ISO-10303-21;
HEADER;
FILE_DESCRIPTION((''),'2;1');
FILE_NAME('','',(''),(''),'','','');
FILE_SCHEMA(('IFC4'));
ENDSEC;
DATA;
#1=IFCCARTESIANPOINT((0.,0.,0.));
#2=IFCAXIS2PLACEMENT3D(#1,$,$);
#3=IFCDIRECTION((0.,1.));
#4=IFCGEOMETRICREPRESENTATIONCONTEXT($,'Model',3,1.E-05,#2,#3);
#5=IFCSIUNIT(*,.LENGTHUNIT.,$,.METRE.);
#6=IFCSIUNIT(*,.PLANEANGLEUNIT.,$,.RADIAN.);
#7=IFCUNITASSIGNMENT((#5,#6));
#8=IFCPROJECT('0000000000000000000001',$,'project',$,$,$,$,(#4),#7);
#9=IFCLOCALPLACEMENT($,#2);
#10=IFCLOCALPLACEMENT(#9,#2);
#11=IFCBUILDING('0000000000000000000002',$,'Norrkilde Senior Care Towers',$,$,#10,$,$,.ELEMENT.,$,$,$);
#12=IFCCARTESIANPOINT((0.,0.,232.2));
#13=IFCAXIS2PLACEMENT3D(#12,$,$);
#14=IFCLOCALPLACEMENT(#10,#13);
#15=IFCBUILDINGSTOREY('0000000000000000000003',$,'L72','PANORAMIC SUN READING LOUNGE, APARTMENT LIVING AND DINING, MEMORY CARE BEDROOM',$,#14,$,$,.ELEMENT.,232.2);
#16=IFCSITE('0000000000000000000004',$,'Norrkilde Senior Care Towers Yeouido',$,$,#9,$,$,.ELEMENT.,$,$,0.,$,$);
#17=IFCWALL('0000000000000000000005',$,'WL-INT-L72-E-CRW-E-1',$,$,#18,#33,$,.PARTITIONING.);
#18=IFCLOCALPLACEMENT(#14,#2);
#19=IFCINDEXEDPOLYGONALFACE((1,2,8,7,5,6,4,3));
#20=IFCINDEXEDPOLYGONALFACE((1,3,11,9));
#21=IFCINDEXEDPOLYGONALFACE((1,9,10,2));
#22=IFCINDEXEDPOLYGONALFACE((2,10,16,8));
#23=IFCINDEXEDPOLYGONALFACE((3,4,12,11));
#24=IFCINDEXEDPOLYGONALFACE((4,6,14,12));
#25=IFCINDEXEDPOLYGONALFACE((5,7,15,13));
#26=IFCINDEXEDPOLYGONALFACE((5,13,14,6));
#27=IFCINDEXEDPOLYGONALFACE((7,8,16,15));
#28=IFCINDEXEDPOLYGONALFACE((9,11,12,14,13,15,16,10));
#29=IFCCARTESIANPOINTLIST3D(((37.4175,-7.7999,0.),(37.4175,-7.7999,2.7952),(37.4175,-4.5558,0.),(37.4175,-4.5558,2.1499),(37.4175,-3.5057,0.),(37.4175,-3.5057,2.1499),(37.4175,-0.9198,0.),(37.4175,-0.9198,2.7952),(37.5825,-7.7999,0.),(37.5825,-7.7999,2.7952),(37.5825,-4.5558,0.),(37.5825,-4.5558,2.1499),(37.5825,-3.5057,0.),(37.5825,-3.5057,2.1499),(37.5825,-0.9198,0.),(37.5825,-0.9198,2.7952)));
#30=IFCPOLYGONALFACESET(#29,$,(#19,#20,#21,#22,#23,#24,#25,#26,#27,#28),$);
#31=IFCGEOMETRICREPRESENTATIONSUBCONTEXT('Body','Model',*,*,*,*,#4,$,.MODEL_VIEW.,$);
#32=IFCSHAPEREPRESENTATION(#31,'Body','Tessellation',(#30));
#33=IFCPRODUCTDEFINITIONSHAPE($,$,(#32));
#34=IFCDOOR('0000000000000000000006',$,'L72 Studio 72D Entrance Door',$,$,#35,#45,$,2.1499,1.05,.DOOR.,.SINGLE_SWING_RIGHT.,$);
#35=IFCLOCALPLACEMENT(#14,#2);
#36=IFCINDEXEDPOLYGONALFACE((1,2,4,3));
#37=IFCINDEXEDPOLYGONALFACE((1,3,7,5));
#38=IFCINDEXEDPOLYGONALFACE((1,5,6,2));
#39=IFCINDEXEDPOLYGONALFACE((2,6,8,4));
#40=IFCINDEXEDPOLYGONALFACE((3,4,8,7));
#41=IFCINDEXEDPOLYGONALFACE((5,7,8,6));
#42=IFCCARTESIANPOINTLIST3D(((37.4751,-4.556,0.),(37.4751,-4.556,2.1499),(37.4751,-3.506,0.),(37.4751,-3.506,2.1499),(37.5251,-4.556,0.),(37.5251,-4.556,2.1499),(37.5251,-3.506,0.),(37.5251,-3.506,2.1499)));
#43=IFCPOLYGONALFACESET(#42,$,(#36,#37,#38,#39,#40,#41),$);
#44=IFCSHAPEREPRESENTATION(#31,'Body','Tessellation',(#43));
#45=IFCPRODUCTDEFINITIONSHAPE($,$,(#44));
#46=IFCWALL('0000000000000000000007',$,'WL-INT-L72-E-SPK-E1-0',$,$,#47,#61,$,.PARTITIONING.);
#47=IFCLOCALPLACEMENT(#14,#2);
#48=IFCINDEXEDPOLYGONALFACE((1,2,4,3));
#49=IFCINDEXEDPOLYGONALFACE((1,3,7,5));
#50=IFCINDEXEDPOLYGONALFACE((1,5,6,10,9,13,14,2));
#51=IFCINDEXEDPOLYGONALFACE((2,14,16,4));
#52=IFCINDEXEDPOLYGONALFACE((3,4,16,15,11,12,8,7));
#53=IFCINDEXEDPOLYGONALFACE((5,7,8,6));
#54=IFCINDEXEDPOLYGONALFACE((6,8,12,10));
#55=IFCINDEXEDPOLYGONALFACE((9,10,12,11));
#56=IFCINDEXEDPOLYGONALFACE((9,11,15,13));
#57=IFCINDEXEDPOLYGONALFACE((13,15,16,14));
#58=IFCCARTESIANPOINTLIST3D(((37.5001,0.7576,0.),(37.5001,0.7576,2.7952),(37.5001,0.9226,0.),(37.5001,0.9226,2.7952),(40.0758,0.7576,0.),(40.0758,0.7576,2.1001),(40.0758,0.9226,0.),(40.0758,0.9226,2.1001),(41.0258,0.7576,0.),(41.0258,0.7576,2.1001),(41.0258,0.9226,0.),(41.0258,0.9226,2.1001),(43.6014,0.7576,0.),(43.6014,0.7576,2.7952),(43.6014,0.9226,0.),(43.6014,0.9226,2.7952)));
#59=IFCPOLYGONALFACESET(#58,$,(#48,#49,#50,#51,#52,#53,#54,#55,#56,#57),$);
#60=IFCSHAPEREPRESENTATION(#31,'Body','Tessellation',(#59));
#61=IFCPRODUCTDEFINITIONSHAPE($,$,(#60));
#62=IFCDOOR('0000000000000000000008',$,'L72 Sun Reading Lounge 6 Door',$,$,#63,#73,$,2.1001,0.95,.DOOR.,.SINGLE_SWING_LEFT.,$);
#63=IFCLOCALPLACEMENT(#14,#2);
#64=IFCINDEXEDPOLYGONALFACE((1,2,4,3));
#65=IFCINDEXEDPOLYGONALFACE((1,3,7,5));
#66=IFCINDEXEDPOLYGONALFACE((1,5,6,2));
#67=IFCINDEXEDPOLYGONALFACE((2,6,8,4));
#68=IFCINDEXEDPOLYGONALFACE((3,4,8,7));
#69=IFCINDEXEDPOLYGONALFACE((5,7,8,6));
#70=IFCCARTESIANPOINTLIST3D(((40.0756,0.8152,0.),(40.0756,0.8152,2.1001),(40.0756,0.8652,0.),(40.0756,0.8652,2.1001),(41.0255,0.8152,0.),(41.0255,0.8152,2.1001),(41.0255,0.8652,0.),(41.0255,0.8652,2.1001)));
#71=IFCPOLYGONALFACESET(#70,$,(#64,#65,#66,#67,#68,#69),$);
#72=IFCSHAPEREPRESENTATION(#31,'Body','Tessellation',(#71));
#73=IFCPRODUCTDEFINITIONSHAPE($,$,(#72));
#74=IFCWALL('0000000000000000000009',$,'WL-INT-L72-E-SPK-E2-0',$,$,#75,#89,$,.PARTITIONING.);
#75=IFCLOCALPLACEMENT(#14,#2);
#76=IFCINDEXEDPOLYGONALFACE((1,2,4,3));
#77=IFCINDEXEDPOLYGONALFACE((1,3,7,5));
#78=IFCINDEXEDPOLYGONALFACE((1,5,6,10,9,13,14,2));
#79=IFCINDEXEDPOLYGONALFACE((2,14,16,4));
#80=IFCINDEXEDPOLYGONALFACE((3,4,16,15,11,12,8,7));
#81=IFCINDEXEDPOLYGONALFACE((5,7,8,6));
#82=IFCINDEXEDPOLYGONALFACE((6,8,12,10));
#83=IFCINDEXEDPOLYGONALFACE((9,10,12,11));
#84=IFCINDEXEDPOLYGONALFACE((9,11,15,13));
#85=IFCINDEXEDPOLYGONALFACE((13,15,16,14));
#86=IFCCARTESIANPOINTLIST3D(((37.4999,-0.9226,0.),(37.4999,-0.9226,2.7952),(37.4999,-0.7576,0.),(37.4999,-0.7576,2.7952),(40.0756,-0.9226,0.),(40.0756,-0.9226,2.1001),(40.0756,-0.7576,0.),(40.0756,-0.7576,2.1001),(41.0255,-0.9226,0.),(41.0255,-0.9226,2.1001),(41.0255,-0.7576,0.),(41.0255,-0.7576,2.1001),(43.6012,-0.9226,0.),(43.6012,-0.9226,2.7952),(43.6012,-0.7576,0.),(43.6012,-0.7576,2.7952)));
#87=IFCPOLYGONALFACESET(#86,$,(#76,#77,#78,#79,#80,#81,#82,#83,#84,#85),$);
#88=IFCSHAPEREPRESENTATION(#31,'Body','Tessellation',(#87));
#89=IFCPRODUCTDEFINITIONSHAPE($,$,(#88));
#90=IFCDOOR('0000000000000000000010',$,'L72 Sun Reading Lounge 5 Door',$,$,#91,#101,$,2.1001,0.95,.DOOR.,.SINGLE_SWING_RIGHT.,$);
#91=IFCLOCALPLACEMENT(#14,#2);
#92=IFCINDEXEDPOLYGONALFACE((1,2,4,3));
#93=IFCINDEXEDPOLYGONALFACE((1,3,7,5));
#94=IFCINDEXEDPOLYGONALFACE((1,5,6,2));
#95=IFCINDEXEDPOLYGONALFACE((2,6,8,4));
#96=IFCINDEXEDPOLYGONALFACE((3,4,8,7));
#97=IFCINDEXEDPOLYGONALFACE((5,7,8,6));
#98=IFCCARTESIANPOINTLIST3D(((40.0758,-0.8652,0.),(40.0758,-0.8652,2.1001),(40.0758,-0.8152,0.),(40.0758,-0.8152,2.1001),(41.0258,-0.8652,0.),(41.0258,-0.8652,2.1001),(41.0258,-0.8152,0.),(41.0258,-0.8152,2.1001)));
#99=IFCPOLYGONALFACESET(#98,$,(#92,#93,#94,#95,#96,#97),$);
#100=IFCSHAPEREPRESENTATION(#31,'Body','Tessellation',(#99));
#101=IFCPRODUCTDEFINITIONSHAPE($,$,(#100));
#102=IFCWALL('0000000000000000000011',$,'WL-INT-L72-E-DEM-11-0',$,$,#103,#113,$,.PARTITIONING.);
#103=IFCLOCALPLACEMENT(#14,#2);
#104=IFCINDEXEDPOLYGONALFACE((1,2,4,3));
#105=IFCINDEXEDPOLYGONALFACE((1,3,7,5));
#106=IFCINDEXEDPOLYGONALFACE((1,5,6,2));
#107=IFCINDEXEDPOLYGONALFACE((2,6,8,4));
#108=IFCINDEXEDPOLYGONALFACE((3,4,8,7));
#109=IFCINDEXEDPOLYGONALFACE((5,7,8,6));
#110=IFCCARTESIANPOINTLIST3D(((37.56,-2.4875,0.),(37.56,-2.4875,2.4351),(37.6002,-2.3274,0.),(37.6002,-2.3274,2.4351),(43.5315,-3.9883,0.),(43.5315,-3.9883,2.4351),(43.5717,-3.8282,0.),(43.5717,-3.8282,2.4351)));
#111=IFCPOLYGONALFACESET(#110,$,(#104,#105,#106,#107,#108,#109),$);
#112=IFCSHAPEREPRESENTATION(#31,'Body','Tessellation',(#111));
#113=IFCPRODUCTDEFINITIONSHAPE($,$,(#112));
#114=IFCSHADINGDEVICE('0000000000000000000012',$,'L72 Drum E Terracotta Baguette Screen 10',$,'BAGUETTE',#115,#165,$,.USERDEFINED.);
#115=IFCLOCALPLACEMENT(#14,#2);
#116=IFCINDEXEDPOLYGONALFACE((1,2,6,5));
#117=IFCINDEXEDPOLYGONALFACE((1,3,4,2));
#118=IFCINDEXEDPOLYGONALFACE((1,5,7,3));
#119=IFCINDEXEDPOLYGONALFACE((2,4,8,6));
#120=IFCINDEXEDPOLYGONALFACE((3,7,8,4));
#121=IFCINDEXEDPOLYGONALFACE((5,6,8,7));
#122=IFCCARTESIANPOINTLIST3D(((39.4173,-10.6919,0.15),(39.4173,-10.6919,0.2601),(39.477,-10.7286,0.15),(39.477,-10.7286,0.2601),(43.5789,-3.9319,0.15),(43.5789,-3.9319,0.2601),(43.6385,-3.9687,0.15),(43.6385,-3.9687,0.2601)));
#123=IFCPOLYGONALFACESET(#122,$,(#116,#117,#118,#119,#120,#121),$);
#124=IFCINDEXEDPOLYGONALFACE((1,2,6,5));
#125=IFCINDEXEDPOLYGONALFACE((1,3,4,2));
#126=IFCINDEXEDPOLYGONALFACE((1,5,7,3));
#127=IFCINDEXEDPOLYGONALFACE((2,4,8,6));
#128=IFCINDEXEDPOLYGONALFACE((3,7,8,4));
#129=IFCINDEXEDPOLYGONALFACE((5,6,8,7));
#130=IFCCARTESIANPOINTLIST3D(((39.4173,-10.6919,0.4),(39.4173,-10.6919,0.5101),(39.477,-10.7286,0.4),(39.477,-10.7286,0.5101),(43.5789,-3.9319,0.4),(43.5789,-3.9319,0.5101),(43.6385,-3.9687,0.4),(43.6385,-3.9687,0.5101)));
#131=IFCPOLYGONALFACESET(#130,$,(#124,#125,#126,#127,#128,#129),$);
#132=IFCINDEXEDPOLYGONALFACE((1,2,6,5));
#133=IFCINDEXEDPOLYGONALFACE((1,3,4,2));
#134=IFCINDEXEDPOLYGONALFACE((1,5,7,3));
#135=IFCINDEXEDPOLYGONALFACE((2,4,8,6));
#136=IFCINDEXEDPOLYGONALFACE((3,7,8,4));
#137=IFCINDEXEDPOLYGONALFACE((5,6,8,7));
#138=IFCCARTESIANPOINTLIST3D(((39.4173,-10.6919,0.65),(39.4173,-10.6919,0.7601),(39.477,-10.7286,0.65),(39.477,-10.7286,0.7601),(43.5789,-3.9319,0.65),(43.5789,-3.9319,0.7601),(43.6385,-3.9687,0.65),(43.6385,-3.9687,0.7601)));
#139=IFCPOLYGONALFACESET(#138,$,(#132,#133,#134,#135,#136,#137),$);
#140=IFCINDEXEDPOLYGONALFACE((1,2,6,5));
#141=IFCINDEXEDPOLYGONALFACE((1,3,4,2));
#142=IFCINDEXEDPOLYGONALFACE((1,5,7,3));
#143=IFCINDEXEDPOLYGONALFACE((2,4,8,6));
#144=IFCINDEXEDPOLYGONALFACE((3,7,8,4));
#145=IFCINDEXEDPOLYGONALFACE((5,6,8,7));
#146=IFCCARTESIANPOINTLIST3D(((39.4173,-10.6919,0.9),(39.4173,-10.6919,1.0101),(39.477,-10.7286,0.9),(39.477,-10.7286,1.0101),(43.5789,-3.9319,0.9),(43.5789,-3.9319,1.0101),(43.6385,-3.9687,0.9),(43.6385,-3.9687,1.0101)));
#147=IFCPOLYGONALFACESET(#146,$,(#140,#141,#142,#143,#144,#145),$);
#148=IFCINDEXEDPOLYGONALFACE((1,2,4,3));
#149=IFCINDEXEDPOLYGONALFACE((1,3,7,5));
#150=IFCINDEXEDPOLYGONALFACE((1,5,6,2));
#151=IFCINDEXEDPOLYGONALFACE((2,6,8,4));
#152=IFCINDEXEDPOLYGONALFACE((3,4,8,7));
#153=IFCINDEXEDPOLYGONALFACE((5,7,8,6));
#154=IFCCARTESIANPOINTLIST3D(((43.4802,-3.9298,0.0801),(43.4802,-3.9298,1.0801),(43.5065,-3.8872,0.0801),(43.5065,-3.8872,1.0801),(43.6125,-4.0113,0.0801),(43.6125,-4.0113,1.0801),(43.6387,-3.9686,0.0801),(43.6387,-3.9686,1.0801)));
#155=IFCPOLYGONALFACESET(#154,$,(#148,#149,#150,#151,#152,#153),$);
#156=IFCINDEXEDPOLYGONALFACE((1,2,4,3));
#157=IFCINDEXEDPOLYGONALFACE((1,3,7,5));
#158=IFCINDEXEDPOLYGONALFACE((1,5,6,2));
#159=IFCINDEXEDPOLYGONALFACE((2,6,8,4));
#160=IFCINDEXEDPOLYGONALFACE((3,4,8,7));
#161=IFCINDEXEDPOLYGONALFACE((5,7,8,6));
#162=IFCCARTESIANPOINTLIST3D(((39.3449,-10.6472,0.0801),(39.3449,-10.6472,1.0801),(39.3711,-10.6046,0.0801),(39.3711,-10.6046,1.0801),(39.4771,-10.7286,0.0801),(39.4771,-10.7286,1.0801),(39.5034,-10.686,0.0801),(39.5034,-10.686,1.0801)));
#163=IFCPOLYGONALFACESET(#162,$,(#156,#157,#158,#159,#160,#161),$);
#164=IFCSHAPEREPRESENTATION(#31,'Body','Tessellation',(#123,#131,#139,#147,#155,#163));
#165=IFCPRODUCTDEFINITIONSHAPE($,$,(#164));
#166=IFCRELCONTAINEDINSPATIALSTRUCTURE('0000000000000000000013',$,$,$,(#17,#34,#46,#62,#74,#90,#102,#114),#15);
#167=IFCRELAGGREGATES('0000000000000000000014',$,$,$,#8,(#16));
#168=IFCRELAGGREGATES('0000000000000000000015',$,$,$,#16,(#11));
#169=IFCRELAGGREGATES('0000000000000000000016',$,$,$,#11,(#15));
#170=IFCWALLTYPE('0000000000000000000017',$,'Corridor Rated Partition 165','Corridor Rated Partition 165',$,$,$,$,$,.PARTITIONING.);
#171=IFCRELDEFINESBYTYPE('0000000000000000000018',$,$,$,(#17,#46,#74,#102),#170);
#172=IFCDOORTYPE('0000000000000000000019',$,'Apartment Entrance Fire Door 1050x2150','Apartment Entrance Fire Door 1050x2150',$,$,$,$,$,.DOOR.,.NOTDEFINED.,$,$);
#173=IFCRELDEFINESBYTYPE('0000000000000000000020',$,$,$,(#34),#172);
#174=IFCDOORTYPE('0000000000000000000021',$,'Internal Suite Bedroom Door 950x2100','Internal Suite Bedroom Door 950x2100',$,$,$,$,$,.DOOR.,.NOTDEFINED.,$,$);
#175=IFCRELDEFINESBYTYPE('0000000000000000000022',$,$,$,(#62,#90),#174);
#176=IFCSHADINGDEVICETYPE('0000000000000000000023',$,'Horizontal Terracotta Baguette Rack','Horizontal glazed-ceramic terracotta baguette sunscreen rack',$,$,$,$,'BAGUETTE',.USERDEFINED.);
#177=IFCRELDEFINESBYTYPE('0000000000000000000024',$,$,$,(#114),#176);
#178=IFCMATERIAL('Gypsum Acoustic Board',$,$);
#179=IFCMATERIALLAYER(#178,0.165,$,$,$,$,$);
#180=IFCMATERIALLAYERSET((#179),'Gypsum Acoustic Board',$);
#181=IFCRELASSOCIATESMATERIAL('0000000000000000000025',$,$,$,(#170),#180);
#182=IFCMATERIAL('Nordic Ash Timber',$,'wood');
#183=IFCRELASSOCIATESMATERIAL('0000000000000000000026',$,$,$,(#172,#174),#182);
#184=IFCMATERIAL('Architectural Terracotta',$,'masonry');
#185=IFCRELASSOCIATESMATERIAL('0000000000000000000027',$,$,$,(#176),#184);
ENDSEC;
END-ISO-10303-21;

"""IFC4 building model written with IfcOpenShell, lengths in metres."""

from ifc_helpers import new_model, si_unit, direction, frame, frame_2d, origin, origin_2d, place, context, subcontext, project, spatial, rectangle, extrude, source, transform, mapped, material, layer, layer_set, type_object, type_shapes, element, fill, save


model = new_model("IFC4")

# Units and contexts
model_context = context("Model", 3, precision=1e-05, world=origin(), true_north=direction((0.0, 1.0)))
body_context = subcontext(model_context, "Body", "Model", "MODEL_VIEW")
ifc_project = project(units=[si_unit("LENGTHUNIT", "METRE"), si_unit("PLANEANGLEUNIT", "RADIAN")], contexts=[model_context])

# Site, building, storey
site_placement = place(None, origin())
site = spatial("IfcSite", under=ifc_project, at=site_placement, Name="Norrkilde Senior Care Towers Yeouido", CompositionType="ELEMENT", RefElevation=0.0)
building_placement = place(site_placement, origin())
building = spatial("IfcBuilding", under=site, at=building_placement, Name="Norrkilde Senior Care Towers", CompositionType="ELEMENT")
storey_placement = place(building_placement, frame((0.0, 0.0, 232.2)))
storey = spatial("IfcBuildingStorey", under=building, at=storey_placement, Name="L72", Description="PANORAMIC SUN READING LOUNGE, APARTMENT LIVING AND DINING, MEMORY CARE BEDROOM", CompositionType="ELEMENT", Elevation=232.2)

# Walls, openings, doors
ifc_material_1 = material(Name="Gypsum Acoustic Board")
ifc_layer_1 = layer(ifc_material_1, 0.165)
ifc_layer_set_1 = layer_set([ifc_layer_1], Name="Gypsum Acoustic Board")
wall_type = type_object("IfcWallType", Name="Corridor Rated Partition 165", Description="Corridor Rated Partition 165", PredefinedType="PARTITIONING", material=ifc_layer_set_1)
shared_shape_1 = source(origin(), body_context, "Body", "SweptSolid", [
    extrude(rectangle(XDim=6.8801, YDim=0.165, at=frame_2d((3.4399, 0.0))), origin(), (0.0, 0.0, 1.0), 2.7952),
])
wall_1_placement = place(storey_placement, frame((37.5, -0.9199, 0.0), z_axis=(0.0, 0.0, 1.0), x_axis=(0.0, -1.0, 0.0)))
wall_1 = element("IfcWall", 1, at=wall_1_placement, inside=storey, type_object=wall_type, Name="WL-INT-L72-E-CRW-E-1", PredefinedType="PARTITIONING", context=body_context, shape_type="MappedRepresentation", body=[
    mapped(shared_shape_1, transform((0.0, 0.0, 0.0), x_axis=(1.0, 0.0, 0.0), y_axis=(0.0, 1.0, 0.0), z_axis=(0.0, 0.0, 1.0), scale=1.0)),
])
opening_1_placement = place(wall_1_placement, frame((2.5859, 0.0, 0.0)))
opening_1 = element("IfcOpeningElement", 2, at=opening_1_placement, cuts=wall_1, PredefinedType="OPENING", context=body_context, shape_type="SweptSolid", body=[
    extrude(rectangle(XDim=1.05, YDim=2.1499, at=frame_2d((0.5249, 1.075))), frame((0.0, 0.0925, 0.0), z_axis=(0.0, -1.0, 0.0), x_axis=(1.0, 0.0, 0.0)), (0.0, 0.0, 1.0), 0.1851),
])
ifc_material_2 = material(Name="Nordic Ash Timber", Category="wood")
door_type_1 = type_object("IfcDoorType", Name="Apartment Entrance Fire Door 1050x2150", Description="Apartment Entrance Fire Door 1050x2150", OperationType="NOTDEFINED", PredefinedType="DOOR", material=ifc_material_2)
shared_shape_2 = source(origin(), body_context, "Body", "SweptSolid", [
    extrude(rectangle(XDim=1.05, YDim=2.1499, at=frame_2d((0.5249, 1.075))), frame((0.0, 0.0249, 0.0), z_axis=(0.0, -1.0, 0.0), x_axis=(1.0, 0.0, 0.0)), (0.0, 0.0, 1.0), 0.05),
])
type_shapes(door_type_1, [shared_shape_2])
door_1_placement = place(opening_1_placement, frame((1.05, 0.0, 0.0), z_axis=(0.0, 0.0, 1.0), x_axis=(-1.0, 0.0, 0.0)))
door_1 = element("IfcDoor", 3, at=door_1_placement, inside=storey, type_object=door_type_1, Name="L72 Studio 72D Entrance Door", OperationType="SINGLE_SWING_RIGHT", OverallHeight=2.1499, OverallWidth=1.05, PredefinedType="DOOR", context=body_context, shape_type="MappedRepresentation", body=[
    mapped(shared_shape_2, transform((0.0, 0.0, 0.0), x_axis=(1.0, 0.0, 0.0), y_axis=(0.0, 1.0, 0.0), z_axis=(0.0, 0.0, 1.0), scale=1.0)),
])
fill(opening_1, door_1)
shared_shape_3 = source(origin(), body_context, "Body", "SweptSolid", [
    extrude(rectangle(XDim=6.1013, YDim=0.165, at=frame_2d((3.0508, 0.0))), origin(), (0.0, 0.0, 1.0), 2.7952),
])
wall_2_placement = place(storey_placement, frame((37.5, 0.8401, 0.0), z_axis=(0.0, 0.0, 1.0), x_axis=(1.0, 0.0, 0.0)))
wall_2 = element("IfcWall", 4, at=wall_2_placement, inside=storey, type_object=wall_type, Name="WL-INT-L72-E-SPK-E1-0", PredefinedType="PARTITIONING", context=body_context, shape_type="MappedRepresentation", body=[
    mapped(shared_shape_3, transform((0.0, 0.0, 0.0), x_axis=(1.0, 0.0, 0.0), y_axis=(0.0, 1.0, 0.0), z_axis=(0.0, 0.0, 1.0), scale=1.0)),
])
opening_2_placement = place(wall_2_placement, frame((2.5757, 0.0, 0.0)))
opening_2 = element("IfcOpeningElement", 5, at=opening_2_placement, cuts=wall_2, PredefinedType="OPENING", context=body_context, shape_type="SweptSolid", body=[
    extrude(rectangle(XDim=0.95, YDim=2.1001, at=frame_2d((0.4751, 1.05))), frame((0.0, 0.0925, 0.0), z_axis=(0.0, -1.0, 0.0), x_axis=(1.0, 0.0, 0.0)), (0.0, 0.0, 1.0), 0.1851),
])
door_type_2 = type_object("IfcDoorType", Name="Internal Suite Bedroom Door 950x2100", Description="Internal Suite Bedroom Door 950x2100", OperationType="NOTDEFINED", PredefinedType="DOOR", material=ifc_material_2)
shared_shape_4 = source(origin(), body_context, "Body", "SweptSolid", [
    extrude(rectangle(XDim=0.95, YDim=2.1001, at=frame_2d((0.4751, 1.05))), frame((0.0, 0.0249, 0.0), z_axis=(0.0, -1.0, 0.0), x_axis=(1.0, 0.0, 0.0)), (0.0, 0.0, 1.0), 0.05),
])
type_shapes(door_type_2, [shared_shape_4])
door_2_placement = place(opening_2_placement, frame((0.95, 0.0, 0.0), z_axis=(0.0, 0.0, 1.0), x_axis=(-1.0, 0.0, 0.0)))
door_2 = element("IfcDoor", 6, at=door_2_placement, inside=storey, type_object=door_type_2, Name="L72 Sun Reading Lounge 6 Door", OperationType="SINGLE_SWING_LEFT", OverallHeight=2.1001, OverallWidth=0.95, PredefinedType="DOOR", context=body_context, shape_type="MappedRepresentation", body=[
    mapped(shared_shape_4, transform((0.0, 0.0, 0.0), x_axis=(1.0, 0.0, 0.0), y_axis=(0.0, 1.0, 0.0), z_axis=(0.0, 0.0, 1.0), scale=1.0)),
])
fill(opening_2, door_2)
wall_3_placement = place(storey_placement, frame((43.6013, -0.8401, 0.0), z_axis=(0.0, 0.0, 1.0), x_axis=(-1.0, 0.0, 0.0)))
wall_3 = element("IfcWall", 7, at=wall_3_placement, inside=storey, type_object=wall_type, Name="WL-INT-L72-E-SPK-E2-0", PredefinedType="PARTITIONING", context=body_context, shape_type="MappedRepresentation", body=[
    mapped(shared_shape_3, transform((0.0, 0.0, 0.0), x_axis=(1.0, 0.0, 0.0), y_axis=(0.0, 1.0, 0.0), z_axis=(0.0, 0.0, 1.0), scale=1.0)),
])
opening_3_placement = place(wall_3_placement, frame((2.5757, 0.0, 0.0)))
opening_3 = element("IfcOpeningElement", 8, at=opening_3_placement, cuts=wall_3, PredefinedType="OPENING", context=body_context, shape_type="SweptSolid", body=[
    extrude(rectangle(XDim=0.95, YDim=2.1001, at=frame_2d((0.4751, 1.05))), frame((0.0, 0.0925, 0.0), z_axis=(0.0, -1.0, 0.0), x_axis=(1.0, 0.0, 0.0)), (0.0, 0.0, 1.0), 0.1851),
])
door_3_placement = place(opening_3_placement, frame((0.95, 0.0, 0.0), z_axis=(0.0, 0.0, 1.0), x_axis=(-1.0, 0.0, 0.0)))
door_3 = element("IfcDoor", 9, at=door_3_placement, inside=storey, type_object=door_type_2, Name="L72 Sun Reading Lounge 5 Door", OperationType="SINGLE_SWING_RIGHT", OverallHeight=2.1001, OverallWidth=0.95, PredefinedType="DOOR", context=body_context, shape_type="MappedRepresentation", body=[
    mapped(shared_shape_4, transform((0.0, 0.0, 0.0), x_axis=(1.0, 0.0, 0.0), y_axis=(0.0, 1.0, 0.0), z_axis=(0.0, 0.0, 1.0), scale=1.0)),
])
fill(opening_3, door_3)

# Wall
shared_shape_5 = source(origin(), body_context, "Body", "SweptSolid", [
    extrude(rectangle(XDim=6.1572, YDim=0.165, at=frame_2d((3.0786, 0.0))), origin(), (0.0, 0.0, 1.0), 2.4351),
])
type_shapes(wall_type, [shared_shape_1, shared_shape_3, shared_shape_5])
wall_4_placement = place(storey_placement, frame((37.5801, -2.4075, 0.0), z_axis=(0.0, 0.0, 1.0), x_axis=(0.969841, -0.243739, 0.0)))
element("IfcWall", 10, at=wall_4_placement, inside=storey, type_object=wall_type, Name="WL-INT-L72-E-DEM-11-0", PredefinedType="PARTITIONING", context=body_context, shape_type="MappedRepresentation", body=[
    mapped(shared_shape_5, transform((0.0, 0.0, 0.0), x_axis=(1.0, 0.0, 0.0), y_axis=(0.0, 1.0, 0.0), z_axis=(0.0, 0.0, 1.0), scale=1.0)),
])

# Shading device
ifc_material_3 = material(Name="Architectural Terracotta", Category="masonry")
shading_device_type = type_object("IfcShadingDeviceType", Name="Horizontal Terracotta Baguette Rack", Description="Horizontal glazed-ceramic terracotta baguette sunscreen rack", ElementType="BAGUETTE", PredefinedType="USERDEFINED", material=ifc_material_3)
shared_shape_6 = source(origin(), body_context, "Body", "SweptSolid", [
    extrude(rectangle(XDim=0.0701, YDim=0.1101, at=origin_2d()), frame((0.0, 0.0901, 0.125), z_axis=(1.0, 0.0, 0.0), x_axis=(0.0, 1.0, 0.0)), (0.0, 0.0, 1.0), 7.9382),
    extrude(rectangle(XDim=0.0701, YDim=0.1101, at=origin_2d()), frame((0.0, 0.0901, 0.375), z_axis=(1.0, 0.0, 0.0), x_axis=(0.0, 1.0, 0.0)), (0.0, 0.0, 1.0), 7.9382),
    extrude(rectangle(XDim=0.0701, YDim=0.1101, at=origin_2d()), frame((0.0, 0.0901, 0.625), z_axis=(1.0, 0.0, 0.0), x_axis=(0.0, 1.0, 0.0)), (0.0, 0.0, 1.0), 7.9382),
    extrude(rectangle(XDim=0.0701, YDim=0.1101, at=origin_2d()), frame((0.0, 0.0901, 0.875), z_axis=(1.0, 0.0, 0.0), x_axis=(0.0, 1.0, 0.0)), (0.0, 0.0, 1.0), 7.9382),
    extrude(rectangle(XDim=0.05, YDim=0.1553, at=origin_2d()), frame((0.0249, 0.0476, 0.0)), (0.0, 0.0, 1.0), 1.0),
    extrude(rectangle(XDim=0.05, YDim=0.1553, at=origin_2d()), frame((7.9131, 0.0476, 0.0)), (0.0, 0.0, 1.0), 1.0),
])
type_shapes(shading_device_type, [shared_shape_6])
shading_device_placement = place(storey_placement, frame((43.532, -3.9031, 0.0801), z_axis=(0.0, 0.0, 1.0), x_axis=(-0.52425, -0.851576, 0.0)))
element("IfcShadingDevice", 11, at=shading_device_placement, inside=storey, type_object=shading_device_type, Name="L72 Drum E Terracotta Baguette Screen 10", ObjectType="BAGUETTE", PredefinedType="USERDEFINED", context=body_context, shape_type="MappedRepresentation", body=[
    mapped(shared_shape_6, transform((0.0, 0.0, 0.0), x_axis=(1.0, 0.0, 0.0), y_axis=(0.0, 1.0, 0.0), z_axis=(0.0, 0.0, 1.0), scale=1.0)),
])

save(model, "model.ifc")
